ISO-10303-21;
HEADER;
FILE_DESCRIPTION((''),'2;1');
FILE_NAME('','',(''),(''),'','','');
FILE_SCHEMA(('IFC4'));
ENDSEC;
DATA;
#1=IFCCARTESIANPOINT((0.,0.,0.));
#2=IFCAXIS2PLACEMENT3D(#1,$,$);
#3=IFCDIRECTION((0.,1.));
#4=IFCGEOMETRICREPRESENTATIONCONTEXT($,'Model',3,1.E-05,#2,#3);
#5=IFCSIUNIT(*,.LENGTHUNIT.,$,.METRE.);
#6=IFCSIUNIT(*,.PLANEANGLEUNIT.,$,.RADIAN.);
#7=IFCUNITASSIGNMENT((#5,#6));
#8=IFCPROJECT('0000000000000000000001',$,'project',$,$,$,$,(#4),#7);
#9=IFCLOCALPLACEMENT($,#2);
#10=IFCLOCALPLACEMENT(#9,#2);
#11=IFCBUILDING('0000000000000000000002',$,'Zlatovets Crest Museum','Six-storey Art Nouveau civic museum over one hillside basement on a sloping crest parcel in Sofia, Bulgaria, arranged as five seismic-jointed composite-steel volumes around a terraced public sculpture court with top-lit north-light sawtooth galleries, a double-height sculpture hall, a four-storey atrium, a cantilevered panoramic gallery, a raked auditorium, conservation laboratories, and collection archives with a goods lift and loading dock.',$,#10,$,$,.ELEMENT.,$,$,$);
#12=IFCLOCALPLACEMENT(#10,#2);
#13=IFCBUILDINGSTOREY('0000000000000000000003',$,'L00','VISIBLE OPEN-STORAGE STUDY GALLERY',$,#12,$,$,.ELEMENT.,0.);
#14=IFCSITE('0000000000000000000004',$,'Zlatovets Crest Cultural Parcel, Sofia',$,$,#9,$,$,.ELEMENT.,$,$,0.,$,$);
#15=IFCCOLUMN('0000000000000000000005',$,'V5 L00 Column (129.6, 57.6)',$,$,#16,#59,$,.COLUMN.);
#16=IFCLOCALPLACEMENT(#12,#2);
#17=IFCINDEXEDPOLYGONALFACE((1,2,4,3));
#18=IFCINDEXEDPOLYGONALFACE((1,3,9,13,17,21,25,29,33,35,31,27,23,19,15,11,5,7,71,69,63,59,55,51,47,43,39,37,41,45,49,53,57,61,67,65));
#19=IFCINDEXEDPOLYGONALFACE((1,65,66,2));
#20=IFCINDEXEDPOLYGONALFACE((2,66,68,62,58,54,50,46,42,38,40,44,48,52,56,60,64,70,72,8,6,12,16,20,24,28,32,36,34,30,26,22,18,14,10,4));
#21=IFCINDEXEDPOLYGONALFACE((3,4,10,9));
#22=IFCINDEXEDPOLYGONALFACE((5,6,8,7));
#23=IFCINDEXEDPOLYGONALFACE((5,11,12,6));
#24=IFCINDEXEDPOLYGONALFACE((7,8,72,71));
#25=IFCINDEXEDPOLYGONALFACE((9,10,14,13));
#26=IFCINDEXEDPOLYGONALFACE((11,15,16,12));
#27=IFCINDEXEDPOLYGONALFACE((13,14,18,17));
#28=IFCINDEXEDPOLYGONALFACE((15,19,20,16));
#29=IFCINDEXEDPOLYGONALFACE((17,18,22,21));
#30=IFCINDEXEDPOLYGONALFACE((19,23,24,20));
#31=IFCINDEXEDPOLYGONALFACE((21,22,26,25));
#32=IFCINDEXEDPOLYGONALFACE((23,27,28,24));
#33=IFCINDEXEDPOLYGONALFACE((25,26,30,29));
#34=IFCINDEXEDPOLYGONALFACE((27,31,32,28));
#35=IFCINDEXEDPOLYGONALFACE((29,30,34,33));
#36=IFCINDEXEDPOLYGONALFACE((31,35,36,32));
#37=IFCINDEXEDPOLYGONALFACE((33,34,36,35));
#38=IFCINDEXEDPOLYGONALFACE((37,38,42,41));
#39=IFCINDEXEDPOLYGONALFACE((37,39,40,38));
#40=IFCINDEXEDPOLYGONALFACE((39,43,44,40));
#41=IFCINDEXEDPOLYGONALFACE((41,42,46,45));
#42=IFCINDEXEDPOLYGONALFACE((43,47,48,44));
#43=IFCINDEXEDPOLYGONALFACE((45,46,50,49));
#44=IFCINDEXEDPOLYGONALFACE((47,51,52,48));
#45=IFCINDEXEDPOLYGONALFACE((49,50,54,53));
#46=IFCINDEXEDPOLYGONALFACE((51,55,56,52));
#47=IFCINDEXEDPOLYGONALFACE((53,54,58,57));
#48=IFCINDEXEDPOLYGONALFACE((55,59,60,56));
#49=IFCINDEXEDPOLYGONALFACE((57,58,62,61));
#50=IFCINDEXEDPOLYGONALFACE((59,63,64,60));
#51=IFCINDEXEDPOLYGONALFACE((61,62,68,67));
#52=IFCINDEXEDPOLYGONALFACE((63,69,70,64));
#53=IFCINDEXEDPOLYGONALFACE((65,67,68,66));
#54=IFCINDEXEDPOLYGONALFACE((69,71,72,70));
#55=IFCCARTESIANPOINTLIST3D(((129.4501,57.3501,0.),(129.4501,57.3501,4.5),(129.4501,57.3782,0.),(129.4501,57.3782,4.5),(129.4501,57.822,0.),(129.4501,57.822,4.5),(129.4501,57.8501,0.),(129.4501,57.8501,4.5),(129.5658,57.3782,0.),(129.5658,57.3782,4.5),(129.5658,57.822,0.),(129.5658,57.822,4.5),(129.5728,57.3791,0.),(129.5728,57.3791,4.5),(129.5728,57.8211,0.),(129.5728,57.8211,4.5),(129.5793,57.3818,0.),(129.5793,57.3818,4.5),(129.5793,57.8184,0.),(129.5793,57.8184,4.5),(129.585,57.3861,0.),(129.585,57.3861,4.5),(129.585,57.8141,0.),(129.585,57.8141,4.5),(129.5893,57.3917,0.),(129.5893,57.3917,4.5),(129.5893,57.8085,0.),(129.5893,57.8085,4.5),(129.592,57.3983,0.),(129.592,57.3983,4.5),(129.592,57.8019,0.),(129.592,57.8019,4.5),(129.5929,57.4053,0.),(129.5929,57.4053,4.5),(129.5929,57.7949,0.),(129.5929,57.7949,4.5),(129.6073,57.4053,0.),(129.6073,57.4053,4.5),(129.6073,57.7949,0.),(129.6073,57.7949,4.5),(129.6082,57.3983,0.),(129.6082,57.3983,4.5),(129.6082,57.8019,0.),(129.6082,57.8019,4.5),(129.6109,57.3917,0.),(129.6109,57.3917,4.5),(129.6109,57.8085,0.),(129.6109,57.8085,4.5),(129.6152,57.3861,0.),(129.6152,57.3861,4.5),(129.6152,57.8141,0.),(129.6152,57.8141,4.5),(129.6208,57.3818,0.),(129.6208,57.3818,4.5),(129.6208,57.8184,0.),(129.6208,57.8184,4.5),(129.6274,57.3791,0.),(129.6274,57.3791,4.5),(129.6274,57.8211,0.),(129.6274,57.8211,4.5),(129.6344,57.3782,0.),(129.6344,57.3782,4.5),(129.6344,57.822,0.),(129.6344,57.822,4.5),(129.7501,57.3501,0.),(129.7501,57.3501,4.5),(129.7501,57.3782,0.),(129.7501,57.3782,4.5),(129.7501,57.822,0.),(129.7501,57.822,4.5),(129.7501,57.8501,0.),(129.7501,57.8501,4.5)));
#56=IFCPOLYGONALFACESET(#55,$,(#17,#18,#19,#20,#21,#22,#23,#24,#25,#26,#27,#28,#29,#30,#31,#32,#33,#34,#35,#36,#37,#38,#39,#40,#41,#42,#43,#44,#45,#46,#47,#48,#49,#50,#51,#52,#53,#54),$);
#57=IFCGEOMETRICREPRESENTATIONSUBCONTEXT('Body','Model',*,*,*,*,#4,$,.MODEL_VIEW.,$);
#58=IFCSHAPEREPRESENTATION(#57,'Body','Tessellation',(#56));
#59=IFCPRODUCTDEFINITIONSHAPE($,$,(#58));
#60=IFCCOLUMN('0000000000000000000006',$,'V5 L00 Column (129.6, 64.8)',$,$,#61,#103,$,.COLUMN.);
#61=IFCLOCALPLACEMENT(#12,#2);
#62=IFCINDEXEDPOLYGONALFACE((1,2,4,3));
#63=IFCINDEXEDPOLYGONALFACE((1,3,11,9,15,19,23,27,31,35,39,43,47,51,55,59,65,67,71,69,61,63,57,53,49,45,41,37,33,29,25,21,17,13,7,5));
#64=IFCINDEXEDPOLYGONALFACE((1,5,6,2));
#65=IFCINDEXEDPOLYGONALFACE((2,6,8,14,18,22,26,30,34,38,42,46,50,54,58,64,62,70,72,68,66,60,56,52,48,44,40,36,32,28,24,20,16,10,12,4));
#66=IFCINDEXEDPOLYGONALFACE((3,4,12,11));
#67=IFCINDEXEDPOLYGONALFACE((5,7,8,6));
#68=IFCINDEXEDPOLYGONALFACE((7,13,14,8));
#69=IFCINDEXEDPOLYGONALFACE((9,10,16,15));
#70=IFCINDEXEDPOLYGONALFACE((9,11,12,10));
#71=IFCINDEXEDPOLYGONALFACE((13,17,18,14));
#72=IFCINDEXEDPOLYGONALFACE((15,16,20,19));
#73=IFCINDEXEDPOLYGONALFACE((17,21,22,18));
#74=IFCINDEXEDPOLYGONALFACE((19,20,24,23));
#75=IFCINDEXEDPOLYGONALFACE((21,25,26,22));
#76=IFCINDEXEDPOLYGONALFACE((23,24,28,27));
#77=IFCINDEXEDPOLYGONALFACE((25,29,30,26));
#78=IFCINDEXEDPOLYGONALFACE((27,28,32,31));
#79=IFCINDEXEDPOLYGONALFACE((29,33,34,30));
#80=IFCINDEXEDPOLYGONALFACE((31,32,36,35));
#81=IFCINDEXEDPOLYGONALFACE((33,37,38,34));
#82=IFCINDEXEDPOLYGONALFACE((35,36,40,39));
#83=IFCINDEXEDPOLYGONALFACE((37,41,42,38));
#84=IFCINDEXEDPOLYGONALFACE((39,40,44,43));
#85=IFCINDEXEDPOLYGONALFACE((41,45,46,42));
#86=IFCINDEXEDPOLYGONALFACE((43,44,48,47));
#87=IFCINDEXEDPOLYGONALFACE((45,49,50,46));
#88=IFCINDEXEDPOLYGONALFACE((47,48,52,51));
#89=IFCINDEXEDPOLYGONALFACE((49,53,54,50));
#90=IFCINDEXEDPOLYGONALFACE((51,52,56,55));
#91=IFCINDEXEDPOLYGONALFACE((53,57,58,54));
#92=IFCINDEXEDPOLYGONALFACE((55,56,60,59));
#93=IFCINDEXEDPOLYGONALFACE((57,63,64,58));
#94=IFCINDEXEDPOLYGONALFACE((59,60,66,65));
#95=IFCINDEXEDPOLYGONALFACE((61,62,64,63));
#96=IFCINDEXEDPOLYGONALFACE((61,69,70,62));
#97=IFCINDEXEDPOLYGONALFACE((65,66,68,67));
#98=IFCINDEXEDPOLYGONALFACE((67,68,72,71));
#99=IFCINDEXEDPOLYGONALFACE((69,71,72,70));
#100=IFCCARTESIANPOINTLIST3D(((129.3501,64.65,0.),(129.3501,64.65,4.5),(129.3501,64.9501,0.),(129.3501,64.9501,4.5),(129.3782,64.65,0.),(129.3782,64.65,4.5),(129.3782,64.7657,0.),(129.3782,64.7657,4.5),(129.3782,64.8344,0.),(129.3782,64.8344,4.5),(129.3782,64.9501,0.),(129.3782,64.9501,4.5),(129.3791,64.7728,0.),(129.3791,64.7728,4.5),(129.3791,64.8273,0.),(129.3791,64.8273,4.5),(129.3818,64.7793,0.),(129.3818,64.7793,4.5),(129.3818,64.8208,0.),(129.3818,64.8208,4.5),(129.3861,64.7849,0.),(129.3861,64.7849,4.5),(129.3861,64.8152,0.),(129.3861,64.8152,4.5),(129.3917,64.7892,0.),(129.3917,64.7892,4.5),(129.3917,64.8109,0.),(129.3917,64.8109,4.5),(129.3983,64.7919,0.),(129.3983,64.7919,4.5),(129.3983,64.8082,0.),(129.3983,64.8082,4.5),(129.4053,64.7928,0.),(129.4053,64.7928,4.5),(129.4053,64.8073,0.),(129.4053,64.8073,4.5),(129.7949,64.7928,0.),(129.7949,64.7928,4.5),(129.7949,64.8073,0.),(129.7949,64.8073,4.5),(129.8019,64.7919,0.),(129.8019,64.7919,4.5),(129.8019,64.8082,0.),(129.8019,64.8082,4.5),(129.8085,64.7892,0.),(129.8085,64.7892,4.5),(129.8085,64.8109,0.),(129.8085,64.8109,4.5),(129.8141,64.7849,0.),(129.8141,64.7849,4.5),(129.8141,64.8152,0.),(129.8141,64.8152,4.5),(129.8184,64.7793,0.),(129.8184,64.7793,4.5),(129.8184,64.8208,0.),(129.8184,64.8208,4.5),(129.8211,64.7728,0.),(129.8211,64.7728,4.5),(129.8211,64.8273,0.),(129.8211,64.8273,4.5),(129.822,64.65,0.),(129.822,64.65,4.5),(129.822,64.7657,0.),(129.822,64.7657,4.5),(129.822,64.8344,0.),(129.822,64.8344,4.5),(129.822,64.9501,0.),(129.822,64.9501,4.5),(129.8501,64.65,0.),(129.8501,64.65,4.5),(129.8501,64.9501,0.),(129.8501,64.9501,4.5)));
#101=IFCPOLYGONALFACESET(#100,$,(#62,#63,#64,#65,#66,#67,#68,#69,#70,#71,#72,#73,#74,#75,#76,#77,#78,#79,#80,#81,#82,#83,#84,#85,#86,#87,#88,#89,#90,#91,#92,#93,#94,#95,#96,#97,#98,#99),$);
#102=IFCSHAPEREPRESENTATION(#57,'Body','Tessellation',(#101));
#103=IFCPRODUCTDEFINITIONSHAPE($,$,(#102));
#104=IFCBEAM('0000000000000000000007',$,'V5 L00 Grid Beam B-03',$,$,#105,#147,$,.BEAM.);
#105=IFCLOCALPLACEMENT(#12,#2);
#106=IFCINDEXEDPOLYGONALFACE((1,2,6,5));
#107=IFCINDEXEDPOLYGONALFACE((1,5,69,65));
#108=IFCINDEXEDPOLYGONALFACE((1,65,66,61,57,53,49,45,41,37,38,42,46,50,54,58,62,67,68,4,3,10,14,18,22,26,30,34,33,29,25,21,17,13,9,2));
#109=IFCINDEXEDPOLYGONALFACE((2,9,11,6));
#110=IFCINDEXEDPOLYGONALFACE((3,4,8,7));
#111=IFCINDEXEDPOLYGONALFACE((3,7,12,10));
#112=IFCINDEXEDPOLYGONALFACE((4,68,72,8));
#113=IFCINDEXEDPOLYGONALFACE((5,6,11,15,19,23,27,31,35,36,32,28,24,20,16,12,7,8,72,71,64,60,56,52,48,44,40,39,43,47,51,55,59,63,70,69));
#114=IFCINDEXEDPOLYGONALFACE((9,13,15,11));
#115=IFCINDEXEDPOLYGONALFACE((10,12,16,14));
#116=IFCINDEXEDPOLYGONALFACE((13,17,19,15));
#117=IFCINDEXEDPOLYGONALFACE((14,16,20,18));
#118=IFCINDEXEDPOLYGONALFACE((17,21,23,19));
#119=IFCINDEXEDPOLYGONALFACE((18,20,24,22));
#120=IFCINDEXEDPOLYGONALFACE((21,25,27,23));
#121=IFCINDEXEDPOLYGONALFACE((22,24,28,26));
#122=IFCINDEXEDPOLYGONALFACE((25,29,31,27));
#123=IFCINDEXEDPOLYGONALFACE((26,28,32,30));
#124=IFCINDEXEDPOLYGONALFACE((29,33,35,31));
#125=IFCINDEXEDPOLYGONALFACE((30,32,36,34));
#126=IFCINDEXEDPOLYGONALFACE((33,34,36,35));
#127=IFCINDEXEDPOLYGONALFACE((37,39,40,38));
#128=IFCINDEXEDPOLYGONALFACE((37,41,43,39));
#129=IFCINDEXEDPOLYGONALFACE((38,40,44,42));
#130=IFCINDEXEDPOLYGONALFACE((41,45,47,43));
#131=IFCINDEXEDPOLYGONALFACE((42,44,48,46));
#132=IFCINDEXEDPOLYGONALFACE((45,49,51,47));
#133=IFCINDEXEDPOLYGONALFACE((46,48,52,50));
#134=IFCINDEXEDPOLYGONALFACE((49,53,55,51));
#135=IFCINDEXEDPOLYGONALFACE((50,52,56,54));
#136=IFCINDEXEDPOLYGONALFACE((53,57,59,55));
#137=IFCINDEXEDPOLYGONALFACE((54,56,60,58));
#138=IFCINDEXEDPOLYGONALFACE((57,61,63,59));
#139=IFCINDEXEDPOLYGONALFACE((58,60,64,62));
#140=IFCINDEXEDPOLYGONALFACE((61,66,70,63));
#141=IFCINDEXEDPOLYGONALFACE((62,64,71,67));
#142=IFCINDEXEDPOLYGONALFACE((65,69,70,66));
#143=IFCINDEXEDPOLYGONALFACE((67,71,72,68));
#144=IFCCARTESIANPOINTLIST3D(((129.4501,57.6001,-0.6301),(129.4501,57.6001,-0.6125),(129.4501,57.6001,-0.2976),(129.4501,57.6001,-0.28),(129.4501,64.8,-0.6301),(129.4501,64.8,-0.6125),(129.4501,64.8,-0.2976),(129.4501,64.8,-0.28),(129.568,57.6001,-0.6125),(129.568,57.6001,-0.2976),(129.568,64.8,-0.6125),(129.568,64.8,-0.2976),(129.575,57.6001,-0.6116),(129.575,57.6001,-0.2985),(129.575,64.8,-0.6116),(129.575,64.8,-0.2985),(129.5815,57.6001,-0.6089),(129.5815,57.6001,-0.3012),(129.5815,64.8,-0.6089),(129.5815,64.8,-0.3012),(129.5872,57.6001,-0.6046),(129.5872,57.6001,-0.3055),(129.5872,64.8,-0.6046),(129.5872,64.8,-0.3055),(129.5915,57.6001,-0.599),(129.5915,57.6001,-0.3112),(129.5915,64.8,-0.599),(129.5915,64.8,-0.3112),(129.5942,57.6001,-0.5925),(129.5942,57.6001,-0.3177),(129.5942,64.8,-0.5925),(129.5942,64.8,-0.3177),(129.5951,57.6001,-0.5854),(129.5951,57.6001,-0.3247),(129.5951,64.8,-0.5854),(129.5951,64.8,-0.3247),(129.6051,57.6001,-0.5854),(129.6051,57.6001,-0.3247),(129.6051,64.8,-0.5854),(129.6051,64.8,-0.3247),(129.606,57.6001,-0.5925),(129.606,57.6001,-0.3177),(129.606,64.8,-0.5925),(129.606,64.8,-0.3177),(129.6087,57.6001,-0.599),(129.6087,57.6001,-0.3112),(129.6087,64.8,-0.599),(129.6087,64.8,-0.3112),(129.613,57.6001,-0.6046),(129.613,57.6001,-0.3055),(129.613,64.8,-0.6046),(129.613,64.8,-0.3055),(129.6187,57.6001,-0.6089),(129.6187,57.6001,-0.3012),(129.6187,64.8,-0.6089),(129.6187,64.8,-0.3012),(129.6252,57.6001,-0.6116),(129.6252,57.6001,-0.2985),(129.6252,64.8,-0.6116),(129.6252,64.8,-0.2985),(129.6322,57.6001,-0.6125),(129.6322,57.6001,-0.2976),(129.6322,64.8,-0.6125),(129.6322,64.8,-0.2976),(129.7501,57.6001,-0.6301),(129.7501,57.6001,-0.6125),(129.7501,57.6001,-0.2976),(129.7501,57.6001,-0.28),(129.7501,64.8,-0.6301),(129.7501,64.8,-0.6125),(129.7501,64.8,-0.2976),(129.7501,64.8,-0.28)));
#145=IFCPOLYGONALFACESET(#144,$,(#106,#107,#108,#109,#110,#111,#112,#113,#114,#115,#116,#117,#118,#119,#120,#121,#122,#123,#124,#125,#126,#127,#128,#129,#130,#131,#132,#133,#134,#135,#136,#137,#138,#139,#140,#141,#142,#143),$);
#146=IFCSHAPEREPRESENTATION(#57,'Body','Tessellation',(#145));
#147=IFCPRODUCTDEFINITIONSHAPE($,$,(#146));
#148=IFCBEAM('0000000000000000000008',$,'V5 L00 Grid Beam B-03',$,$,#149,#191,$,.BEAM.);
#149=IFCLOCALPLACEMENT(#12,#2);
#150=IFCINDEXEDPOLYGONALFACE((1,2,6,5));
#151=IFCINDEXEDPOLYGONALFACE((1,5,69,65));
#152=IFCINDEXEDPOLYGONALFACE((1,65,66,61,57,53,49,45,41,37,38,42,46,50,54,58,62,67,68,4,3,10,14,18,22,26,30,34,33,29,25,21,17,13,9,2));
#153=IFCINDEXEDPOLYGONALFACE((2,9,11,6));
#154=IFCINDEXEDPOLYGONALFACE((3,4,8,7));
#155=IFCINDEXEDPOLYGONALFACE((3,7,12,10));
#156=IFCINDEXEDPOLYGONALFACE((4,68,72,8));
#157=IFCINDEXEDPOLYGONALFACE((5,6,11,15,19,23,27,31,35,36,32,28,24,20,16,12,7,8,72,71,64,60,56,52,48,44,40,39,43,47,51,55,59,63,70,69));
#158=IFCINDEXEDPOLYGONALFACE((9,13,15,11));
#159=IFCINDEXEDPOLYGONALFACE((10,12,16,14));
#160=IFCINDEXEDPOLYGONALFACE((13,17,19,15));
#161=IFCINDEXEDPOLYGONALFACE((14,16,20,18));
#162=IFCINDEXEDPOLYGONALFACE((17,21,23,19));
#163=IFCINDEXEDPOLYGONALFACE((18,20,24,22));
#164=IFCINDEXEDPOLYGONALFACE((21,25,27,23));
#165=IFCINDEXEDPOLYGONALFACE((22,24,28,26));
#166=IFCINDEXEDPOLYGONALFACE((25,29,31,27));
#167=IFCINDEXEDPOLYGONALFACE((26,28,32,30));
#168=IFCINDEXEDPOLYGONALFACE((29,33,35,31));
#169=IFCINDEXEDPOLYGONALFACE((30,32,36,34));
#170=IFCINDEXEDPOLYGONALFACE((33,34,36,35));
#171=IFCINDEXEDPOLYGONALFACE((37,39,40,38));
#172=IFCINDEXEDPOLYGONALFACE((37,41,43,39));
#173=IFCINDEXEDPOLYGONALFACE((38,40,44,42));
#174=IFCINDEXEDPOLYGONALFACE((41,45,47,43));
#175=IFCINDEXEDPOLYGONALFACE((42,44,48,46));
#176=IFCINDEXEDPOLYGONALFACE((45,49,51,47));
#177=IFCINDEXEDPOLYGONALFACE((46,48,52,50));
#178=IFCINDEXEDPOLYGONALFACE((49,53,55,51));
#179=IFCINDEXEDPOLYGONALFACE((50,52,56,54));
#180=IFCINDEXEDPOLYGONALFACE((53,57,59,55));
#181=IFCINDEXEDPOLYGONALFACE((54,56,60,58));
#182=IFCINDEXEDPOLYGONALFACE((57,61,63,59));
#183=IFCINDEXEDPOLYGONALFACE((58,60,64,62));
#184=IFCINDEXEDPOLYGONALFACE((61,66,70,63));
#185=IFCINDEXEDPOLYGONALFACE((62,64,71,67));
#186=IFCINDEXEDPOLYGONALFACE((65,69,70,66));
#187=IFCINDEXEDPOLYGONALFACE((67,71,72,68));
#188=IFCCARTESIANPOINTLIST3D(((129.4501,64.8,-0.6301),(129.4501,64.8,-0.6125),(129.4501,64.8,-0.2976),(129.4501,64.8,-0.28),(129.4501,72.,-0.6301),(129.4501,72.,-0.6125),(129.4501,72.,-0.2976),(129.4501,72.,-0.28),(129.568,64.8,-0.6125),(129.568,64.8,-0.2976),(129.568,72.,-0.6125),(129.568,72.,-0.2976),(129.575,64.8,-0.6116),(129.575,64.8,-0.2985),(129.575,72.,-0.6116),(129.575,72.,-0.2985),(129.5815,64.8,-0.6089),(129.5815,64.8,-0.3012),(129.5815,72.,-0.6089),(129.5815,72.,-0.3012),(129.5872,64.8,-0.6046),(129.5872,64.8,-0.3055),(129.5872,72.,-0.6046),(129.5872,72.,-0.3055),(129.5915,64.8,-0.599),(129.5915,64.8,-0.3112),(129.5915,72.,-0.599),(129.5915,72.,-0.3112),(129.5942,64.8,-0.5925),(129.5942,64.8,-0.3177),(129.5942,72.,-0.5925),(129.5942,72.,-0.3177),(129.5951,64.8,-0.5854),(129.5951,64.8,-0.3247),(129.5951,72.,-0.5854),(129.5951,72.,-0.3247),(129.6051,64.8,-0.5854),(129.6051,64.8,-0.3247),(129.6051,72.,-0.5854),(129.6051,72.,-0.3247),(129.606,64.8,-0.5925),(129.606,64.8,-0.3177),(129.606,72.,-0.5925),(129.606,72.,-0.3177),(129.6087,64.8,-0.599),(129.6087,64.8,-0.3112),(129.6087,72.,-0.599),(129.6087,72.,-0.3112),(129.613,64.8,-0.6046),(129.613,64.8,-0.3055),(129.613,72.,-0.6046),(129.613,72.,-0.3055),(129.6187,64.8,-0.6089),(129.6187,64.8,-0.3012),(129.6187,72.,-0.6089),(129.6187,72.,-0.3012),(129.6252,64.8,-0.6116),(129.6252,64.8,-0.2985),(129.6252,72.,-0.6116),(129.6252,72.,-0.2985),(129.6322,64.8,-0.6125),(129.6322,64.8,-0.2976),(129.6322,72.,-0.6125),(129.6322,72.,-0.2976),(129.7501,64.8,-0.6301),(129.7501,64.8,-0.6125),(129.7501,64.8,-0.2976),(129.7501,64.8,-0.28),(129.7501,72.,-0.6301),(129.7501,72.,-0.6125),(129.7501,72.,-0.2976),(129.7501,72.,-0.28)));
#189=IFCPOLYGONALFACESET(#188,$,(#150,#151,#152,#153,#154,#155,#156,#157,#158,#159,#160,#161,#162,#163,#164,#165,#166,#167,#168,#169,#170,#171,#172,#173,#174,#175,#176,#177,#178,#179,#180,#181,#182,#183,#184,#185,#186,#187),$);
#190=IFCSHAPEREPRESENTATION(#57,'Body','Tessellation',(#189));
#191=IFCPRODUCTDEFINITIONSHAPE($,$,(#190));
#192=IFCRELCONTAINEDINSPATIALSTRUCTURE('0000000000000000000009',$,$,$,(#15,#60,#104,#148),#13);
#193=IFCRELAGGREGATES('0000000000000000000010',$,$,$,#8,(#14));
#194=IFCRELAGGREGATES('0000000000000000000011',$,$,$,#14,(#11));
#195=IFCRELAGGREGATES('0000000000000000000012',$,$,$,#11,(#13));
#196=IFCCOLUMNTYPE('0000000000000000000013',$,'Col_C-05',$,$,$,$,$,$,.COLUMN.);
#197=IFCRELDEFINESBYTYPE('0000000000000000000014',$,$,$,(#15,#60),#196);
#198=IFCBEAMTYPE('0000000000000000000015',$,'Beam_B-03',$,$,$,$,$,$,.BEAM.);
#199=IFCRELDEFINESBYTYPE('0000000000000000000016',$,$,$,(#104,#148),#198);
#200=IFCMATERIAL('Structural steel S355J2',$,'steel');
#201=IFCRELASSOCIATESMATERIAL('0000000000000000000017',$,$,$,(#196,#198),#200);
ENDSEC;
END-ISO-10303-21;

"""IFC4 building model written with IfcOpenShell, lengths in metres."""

from ifc_helpers import new_model, si_unit, direction, frame, origin, origin_2d, place, context, subcontext, project, spatial, i_section, extrude, material, material_profile, profile_set, type_object, element, save


model = new_model("IFC4")

# Units and contexts
model_context = context("Model", 3, precision=1e-05, world=origin(), true_north=direction((0.0, 1.0)))
body_context = subcontext(model_context, "Body", "Model", "MODEL_VIEW")
ifc_project = project(units=[si_unit("LENGTHUNIT", "METRE"), si_unit("PLANEANGLEUNIT", "RADIAN")], contexts=[model_context])

# Site, building, storey
site_placement = place(None, origin())
site = spatial("IfcSite", under=ifc_project, at=site_placement, Name="Zlatovets Crest Cultural Parcel, Sofia", CompositionType="ELEMENT", RefElevation=0.0)
building_placement = place(site_placement, origin())
building = spatial("IfcBuilding", under=site, at=building_placement, Name="Zlatovets Crest Museum", Description="Six-storey Art Nouveau civic museum over one hillside basement on a sloping crest parcel in Sofia, Bulgaria, arranged as five seismic-jointed composite-steel volumes around a terraced public sculpture court with top-lit north-light sawtooth galleries, a double-height sculpture hall, a four-storey atrium, a cantilevered panoramic gallery, a raked auditorium, conservation laboratories, and collection archives with a goods lift and loading dock.", CompositionType="ELEMENT")
storey_placement = place(building_placement, origin())
storey = spatial("IfcBuildingStorey", under=building, at=storey_placement, Name="L00", Description="VISIBLE OPEN-STORAGE STUDY GALLERY", CompositionType="ELEMENT", Elevation=0.0)

# Columns
ifc_material_1 = material(Name="Structural steel S355J2", Category="steel")
ifc_material_profile_1 = material_profile(ifc_material_1, i_section(OverallWidth=0.3, OverallDepth=0.5, WebThickness=0.0144, FlangeThickness=0.0281, FilletRadius=0.0271, at=origin_2d()), Name="HEB 500")
ifc_profile_set_1 = profile_set([ifc_material_profile_1], Name="Structural steel S355J2")
column_type = type_object("IfcColumnType", Name="Col_C-05", PredefinedType="COLUMN", material=ifc_profile_set_1)
for number, where, z_axis, x_axis, name in (
    (1, (129.6001, 57.6001, 0.0), (0.0, 0.0, 1.0), (1.0, 0.0, 0.0), "V5 L00 Column (129.6, 57.6)"),
    (2, (129.6001, 64.8, 0.0), (0.0, 0.0, 1.0), (0.0, 1.0, 0.0), "V5 L00 Column (129.6, 64.8)"),
):
    element("IfcColumn", number, at=place(storey_placement, frame(where, z_axis=z_axis, x_axis=x_axis)), inside=storey, type_object=column_type, Name=name, PredefinedType="COLUMN", context=body_context, shape_type="SweptSolid", body=[
        extrude(i_section(OverallWidth=0.3, OverallDepth=0.5, WebThickness=0.0144, FlangeThickness=0.0281, FilletRadius=0.0271, at=origin_2d()), origin(), (0.0, 0.0, 1.0), 4.5),
    ])

# Beams
ifc_material_profile_2 = material_profile(ifc_material_1, i_section(OverallWidth=0.3, OverallDepth=0.3501, WebThickness=0.01, FlangeThickness=0.0176, FilletRadius=0.0271, at=origin_2d()), Name="HEA 360")
ifc_profile_set_2 = profile_set([ifc_material_profile_2], Name="Structural steel S355J2")
beam_type_1 = type_object("IfcBeamType", Name="Beam_B-03", PredefinedType="BEAM", material=ifc_profile_set_2)
for number, where, z_axis, x_axis, name in (
    (3, (129.6001, 57.6001, -0.4551), (0.0, 1.0, 0.0), (-1.0, 0.0, 0.0), "V5 L00 Grid Beam B-03"),
    (4, (129.6001, 64.8, -0.4551), (0.0, 1.0, 0.0), (-1.0, 0.0, 0.0), "V5 L00 Grid Beam B-03"),
):
    element("IfcBeam", number, at=place(storey_placement, frame(where, z_axis=z_axis, x_axis=x_axis)), inside=storey, type_object=beam_type_1, Name=name, PredefinedType="BEAM", context=body_context, shape_type="SweptSolid", body=[
        extrude(i_section(OverallWidth=0.3, OverallDepth=0.3501, WebThickness=0.01, FlangeThickness=0.0176, FilletRadius=0.0271, at=origin_2d()), origin(), (0.0, 0.0, 1.0), 7.2),
    ])

save(model, "model.ifc")
